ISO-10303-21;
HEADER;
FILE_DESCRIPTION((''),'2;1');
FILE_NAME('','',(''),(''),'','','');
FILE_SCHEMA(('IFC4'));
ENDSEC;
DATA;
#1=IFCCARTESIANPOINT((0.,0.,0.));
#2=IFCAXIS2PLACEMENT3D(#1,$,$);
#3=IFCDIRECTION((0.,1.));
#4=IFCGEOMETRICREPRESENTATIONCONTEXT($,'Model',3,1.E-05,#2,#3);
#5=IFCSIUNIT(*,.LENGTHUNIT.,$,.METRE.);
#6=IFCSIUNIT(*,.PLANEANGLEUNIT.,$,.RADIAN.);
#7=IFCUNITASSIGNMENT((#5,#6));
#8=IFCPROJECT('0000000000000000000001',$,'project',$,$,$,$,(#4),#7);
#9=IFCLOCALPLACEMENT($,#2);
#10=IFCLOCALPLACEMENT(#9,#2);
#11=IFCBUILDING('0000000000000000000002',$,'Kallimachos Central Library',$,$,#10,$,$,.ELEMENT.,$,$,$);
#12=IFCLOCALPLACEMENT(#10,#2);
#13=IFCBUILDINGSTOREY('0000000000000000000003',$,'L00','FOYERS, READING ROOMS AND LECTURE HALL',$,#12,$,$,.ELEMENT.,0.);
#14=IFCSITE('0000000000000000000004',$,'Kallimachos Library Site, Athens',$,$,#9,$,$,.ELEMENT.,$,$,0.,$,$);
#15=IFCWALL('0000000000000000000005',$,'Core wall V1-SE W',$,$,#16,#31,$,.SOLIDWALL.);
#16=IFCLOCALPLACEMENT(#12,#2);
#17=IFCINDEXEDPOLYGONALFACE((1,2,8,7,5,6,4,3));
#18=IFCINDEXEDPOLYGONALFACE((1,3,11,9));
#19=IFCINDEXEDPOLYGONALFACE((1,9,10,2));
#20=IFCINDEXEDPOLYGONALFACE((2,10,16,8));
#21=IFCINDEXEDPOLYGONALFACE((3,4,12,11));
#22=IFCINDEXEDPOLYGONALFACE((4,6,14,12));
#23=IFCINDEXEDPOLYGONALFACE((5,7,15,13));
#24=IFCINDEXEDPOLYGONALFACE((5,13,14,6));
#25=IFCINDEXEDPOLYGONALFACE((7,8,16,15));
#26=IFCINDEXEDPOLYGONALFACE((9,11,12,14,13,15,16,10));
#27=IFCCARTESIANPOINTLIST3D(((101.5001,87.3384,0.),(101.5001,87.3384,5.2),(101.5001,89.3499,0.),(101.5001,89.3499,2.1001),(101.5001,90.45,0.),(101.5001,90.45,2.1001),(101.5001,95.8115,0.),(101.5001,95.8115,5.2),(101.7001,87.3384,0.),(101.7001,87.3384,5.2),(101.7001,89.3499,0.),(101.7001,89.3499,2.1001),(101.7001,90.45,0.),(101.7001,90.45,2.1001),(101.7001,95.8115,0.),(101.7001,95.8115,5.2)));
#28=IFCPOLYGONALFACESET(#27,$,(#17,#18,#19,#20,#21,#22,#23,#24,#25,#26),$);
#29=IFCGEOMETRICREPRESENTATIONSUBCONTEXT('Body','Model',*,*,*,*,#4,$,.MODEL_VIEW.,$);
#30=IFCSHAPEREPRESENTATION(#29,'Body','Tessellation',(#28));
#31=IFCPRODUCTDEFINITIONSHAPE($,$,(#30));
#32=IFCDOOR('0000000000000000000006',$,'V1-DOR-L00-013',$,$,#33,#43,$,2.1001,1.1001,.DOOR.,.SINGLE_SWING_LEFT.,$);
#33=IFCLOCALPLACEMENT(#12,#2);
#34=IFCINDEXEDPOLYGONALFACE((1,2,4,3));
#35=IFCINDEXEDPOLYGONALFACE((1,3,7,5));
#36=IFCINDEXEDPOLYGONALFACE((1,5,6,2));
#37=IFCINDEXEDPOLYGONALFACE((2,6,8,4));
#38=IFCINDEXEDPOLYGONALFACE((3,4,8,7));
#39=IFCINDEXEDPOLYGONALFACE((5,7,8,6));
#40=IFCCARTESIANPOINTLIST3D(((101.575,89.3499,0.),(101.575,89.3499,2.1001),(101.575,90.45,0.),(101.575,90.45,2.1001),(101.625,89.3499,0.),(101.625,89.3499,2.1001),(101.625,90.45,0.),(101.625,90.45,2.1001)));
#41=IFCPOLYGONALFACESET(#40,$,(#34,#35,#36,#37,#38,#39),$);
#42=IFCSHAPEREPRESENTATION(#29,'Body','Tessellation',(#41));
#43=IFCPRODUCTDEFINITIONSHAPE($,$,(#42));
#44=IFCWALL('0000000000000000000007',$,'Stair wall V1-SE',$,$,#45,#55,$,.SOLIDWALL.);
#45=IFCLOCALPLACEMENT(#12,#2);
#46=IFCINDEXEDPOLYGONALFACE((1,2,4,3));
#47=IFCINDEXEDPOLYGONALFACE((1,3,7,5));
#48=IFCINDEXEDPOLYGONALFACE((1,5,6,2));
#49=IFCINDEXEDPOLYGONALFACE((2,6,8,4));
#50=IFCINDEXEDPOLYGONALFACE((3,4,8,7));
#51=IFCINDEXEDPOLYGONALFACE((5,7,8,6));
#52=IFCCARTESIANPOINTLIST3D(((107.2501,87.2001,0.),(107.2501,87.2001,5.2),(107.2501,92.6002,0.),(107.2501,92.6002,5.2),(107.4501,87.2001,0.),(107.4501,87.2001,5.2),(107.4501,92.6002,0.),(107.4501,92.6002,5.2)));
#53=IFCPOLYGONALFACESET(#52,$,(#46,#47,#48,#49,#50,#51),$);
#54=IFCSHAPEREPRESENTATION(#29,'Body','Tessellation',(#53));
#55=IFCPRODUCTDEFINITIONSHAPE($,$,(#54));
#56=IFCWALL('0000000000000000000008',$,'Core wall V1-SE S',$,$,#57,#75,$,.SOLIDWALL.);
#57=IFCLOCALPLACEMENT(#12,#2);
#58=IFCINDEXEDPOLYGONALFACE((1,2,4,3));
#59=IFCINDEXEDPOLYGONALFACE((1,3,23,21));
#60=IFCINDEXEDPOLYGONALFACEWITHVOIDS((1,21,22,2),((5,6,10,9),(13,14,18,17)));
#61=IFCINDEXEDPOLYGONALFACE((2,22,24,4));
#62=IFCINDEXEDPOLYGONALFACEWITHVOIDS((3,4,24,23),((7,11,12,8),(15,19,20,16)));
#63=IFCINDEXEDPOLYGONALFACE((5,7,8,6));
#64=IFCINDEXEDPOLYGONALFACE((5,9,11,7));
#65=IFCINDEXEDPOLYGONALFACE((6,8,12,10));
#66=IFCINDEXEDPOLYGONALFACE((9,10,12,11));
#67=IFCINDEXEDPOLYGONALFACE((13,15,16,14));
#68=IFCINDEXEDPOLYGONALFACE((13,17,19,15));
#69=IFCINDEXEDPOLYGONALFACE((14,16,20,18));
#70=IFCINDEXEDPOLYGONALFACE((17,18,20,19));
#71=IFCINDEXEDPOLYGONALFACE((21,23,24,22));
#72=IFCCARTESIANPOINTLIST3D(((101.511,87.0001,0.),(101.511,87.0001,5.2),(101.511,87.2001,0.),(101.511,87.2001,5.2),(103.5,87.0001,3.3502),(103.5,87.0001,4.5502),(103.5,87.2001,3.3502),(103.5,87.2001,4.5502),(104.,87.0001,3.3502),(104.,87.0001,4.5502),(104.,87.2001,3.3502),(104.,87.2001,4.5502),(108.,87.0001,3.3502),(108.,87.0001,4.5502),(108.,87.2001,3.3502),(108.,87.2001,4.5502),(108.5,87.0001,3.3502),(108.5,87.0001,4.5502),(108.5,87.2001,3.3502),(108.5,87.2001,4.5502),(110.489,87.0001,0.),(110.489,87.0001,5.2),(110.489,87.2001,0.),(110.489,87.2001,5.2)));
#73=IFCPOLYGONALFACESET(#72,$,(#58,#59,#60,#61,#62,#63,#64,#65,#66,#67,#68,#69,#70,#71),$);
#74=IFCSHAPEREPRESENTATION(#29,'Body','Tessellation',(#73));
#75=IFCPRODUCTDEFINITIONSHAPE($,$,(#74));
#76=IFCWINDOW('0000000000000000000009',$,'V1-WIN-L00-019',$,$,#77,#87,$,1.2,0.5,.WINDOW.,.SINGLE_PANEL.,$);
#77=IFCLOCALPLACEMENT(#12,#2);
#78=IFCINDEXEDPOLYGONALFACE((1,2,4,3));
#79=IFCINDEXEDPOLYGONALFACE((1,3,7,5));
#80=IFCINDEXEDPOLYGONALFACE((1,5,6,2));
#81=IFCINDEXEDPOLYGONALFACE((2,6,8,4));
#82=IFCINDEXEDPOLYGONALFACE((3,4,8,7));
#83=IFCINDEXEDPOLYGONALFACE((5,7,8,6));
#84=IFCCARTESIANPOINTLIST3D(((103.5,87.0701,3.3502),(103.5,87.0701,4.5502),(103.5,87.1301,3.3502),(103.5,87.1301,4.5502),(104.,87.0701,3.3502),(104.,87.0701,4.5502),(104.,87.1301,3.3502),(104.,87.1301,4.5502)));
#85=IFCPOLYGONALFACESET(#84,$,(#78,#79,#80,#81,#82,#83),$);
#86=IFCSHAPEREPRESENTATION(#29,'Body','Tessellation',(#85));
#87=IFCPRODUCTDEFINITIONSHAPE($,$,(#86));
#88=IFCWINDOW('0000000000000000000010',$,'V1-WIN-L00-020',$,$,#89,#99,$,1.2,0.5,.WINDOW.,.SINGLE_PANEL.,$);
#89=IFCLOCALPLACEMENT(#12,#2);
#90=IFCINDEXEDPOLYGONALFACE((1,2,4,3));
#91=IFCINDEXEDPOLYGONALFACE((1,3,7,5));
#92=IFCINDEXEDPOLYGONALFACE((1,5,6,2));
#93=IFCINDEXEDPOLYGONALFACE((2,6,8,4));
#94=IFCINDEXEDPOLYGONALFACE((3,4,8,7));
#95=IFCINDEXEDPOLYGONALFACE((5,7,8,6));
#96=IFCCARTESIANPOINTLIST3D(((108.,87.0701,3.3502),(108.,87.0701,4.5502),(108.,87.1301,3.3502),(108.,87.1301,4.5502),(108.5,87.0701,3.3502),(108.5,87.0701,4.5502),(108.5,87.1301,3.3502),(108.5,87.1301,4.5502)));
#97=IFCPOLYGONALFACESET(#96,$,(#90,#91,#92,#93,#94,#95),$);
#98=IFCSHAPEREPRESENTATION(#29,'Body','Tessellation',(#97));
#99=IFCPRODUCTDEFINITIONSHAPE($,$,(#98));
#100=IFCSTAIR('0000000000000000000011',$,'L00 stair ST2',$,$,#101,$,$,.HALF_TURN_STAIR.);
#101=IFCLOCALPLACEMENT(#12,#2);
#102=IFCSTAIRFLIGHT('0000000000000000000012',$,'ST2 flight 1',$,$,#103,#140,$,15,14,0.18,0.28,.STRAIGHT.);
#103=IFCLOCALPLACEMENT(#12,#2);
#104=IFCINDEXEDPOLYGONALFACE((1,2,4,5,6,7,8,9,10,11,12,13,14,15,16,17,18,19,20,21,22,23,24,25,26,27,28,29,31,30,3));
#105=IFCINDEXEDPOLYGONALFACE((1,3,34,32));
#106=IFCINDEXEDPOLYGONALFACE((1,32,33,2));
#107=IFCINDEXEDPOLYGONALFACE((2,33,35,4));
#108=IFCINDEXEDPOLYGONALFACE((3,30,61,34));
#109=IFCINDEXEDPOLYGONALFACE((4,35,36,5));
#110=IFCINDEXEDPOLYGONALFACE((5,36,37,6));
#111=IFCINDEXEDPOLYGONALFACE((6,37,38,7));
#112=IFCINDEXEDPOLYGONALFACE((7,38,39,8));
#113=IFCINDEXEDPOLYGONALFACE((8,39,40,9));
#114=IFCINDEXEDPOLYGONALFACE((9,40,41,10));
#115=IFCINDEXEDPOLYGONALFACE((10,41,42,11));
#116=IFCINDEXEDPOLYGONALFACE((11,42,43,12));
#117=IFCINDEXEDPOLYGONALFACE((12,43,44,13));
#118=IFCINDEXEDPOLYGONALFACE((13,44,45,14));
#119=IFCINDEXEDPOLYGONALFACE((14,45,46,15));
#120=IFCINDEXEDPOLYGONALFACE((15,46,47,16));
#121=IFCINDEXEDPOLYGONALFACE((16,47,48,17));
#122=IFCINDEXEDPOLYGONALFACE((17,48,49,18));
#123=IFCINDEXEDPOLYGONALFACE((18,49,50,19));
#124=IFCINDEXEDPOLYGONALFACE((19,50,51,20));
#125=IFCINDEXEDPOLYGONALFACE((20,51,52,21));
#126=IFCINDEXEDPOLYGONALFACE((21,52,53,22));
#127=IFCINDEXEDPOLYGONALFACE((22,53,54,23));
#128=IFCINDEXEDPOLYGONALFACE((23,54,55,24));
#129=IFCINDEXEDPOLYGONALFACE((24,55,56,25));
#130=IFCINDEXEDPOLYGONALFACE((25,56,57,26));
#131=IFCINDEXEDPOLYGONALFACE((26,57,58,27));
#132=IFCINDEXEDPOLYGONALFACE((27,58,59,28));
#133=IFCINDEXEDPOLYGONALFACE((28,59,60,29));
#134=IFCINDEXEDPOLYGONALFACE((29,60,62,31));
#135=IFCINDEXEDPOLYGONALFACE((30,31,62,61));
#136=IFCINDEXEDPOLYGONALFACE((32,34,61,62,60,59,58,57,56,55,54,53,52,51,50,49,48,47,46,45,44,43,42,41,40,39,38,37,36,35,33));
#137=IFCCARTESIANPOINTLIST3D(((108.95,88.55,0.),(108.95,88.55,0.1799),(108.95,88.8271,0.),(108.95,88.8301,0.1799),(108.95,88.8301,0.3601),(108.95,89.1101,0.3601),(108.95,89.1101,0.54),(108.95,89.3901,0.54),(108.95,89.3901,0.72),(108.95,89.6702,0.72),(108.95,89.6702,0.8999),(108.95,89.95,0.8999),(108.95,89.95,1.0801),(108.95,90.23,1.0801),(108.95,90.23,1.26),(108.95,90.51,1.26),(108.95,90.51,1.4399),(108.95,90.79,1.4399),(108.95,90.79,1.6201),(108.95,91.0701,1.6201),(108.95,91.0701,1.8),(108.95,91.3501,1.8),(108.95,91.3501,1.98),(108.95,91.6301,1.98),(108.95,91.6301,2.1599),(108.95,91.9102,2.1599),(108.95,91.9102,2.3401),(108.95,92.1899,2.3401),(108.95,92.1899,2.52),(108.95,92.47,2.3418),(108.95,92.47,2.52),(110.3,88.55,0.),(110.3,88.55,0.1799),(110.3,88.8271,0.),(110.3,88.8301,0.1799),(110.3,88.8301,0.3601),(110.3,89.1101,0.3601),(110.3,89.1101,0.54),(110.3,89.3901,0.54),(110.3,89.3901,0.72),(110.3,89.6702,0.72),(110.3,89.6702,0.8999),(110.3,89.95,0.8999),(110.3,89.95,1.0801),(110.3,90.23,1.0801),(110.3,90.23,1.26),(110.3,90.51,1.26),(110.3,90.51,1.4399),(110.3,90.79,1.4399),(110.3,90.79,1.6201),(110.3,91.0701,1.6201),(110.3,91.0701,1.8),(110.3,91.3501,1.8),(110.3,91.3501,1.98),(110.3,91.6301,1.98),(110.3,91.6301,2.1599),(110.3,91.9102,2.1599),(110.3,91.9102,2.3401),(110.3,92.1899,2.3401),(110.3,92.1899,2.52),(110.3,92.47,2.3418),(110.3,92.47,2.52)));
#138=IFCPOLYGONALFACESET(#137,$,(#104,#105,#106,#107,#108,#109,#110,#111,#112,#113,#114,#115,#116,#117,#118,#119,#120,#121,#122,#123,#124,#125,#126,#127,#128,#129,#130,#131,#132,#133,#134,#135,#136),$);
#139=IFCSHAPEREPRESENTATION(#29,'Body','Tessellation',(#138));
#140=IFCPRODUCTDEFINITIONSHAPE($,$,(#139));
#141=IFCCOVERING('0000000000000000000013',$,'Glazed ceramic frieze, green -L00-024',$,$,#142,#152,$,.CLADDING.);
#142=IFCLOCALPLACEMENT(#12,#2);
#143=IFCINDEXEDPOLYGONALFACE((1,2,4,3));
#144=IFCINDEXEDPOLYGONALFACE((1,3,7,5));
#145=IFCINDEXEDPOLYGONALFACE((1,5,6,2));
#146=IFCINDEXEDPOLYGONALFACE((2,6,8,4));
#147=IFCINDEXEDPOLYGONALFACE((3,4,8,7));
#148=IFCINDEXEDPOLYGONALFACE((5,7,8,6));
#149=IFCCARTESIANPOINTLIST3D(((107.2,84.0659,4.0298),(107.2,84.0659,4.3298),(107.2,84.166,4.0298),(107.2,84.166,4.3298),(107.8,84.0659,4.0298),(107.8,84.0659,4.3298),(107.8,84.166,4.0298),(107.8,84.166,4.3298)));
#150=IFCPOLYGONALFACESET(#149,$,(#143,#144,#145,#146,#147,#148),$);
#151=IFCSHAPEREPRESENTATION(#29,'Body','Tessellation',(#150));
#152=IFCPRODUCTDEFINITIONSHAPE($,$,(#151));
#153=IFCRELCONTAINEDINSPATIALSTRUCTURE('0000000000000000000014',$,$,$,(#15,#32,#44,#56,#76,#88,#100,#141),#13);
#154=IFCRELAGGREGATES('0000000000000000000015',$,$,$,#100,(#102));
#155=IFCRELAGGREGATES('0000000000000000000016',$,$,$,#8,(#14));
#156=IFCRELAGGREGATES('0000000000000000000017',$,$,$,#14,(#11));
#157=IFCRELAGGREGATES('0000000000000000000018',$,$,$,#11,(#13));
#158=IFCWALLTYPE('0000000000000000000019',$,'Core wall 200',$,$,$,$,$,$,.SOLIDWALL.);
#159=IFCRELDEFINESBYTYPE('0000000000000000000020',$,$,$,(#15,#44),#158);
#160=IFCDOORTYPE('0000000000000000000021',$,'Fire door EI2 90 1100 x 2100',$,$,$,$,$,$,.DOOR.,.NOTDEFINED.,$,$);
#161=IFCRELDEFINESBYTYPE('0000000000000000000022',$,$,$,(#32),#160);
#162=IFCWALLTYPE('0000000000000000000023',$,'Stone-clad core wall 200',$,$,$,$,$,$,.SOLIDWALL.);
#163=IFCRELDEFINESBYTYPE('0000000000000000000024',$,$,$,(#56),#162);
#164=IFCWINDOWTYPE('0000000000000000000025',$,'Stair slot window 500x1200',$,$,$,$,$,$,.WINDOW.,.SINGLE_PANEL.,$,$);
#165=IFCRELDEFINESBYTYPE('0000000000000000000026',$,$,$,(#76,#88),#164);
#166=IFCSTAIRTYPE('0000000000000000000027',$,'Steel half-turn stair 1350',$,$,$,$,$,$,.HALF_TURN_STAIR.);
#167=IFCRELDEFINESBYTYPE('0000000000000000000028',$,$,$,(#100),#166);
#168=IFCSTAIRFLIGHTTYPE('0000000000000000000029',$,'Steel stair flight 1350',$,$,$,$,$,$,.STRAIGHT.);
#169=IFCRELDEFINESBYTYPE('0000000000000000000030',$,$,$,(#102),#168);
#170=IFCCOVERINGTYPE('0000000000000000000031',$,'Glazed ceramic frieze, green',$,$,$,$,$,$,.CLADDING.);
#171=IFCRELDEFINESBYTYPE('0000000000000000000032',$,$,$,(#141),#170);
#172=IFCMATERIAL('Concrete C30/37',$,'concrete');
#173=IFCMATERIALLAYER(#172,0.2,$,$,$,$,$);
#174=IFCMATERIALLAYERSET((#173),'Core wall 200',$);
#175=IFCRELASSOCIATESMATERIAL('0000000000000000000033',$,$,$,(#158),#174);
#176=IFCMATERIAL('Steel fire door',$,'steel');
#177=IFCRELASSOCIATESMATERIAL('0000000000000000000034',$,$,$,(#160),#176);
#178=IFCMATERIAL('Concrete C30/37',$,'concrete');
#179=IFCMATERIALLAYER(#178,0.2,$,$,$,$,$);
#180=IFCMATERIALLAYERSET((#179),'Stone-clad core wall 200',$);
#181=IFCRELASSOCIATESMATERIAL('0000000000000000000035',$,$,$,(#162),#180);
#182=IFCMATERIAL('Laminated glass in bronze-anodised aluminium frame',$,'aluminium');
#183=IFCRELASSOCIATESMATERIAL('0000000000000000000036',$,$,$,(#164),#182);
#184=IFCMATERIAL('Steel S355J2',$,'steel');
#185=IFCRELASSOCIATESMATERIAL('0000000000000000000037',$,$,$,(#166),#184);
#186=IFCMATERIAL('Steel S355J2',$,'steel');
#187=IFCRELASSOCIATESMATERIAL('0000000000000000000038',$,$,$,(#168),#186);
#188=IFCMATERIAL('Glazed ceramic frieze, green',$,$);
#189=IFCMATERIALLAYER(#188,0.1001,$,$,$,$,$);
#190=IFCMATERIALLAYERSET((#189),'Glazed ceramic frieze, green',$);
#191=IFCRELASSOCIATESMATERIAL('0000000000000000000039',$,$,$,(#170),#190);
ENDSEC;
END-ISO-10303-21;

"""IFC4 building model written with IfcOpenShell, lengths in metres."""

from ifc_helpers import new_model, si_unit, direction, frame, frame_2d, origin, origin_2d, place, context, subcontext, project, spatial, polyline, rectangle, outline, extrude, material, layer, layer_set, type_object, element, fill, aggregate, save


model = new_model("IFC4")

# Units and contexts
model_context = context("Model", 3, precision=1e-05, world=origin(), true_north=direction((0.0, 1.0)))
body_context = subcontext(model_context, "Body", "Model", "MODEL_VIEW")
ifc_project = project(units=[si_unit("LENGTHUNIT", "METRE"), si_unit("PLANEANGLEUNIT", "RADIAN")], contexts=[model_context])

# Site, building, storey
site_placement = place(None, origin())
site = spatial("IfcSite", under=ifc_project, at=site_placement, Name="Kallimachos Library Site, Athens", CompositionType="ELEMENT", RefElevation=0.0)
building_placement = place(site_placement, origin())
building = spatial("IfcBuilding", under=site, at=building_placement, Name="Kallimachos Central Library", CompositionType="ELEMENT")
storey_placement = place(building_placement, origin())
storey = spatial("IfcBuildingStorey", under=building, at=storey_placement, Name="L00", Description="FOYERS, READING ROOMS AND LECTURE HALL", CompositionType="ELEMENT", Elevation=0.0)

# Wall, opening, door
ifc_material_1 = material(Name="Concrete C30/37", Category="concrete")
ifc_layer_1 = layer(ifc_material_1, 0.2)
ifc_layer_set_1 = layer_set([ifc_layer_1], Name="Core wall 200")
wall_type_1 = type_object("IfcWallType", Name="Core wall 200", PredefinedType="SOLIDWALL", material=ifc_layer_set_1)
wall_1_placement = place(storey_placement, frame((101.6001, 87.3384, 0.0), z_axis=(0.0, 0.0, 1.0), x_axis=(0.0, 1.0, 0.0)))
wall_1 = element("IfcWall", 1, at=wall_1_placement, inside=storey, type_object=wall_type_1, Name="Core wall V1-SE W", PredefinedType="SOLIDWALL", context=body_context, shape_type="SweptSolid", body=[
    extrude(rectangle(XDim=8.4731, YDim=0.2, at=frame_2d((4.2366, 0.0))), origin(), (0.0, 0.0, 1.0), 5.2),
])
opening_1_placement = place(wall_1_placement, frame((2.0115, 0.0, 0.0)))
opening_1 = element("IfcOpeningElement", 2, at=opening_1_placement, cuts=wall_1, PredefinedType="OPENING", context=body_context, shape_type="SweptSolid", body=[
    extrude(rectangle(XDim=1.1001, YDim=2.1001, at=frame_2d((0.55, 1.05))), frame((0.0, 0.1099, 0.0), z_axis=(0.0, -1.0, 0.0), x_axis=(1.0, 0.0, 0.0)), (0.0, 0.0, 1.0), 0.22),
])
ifc_material_2 = material(Name="Steel fire door", Category="steel")
door_type = type_object("IfcDoorType", Name="Fire door EI2 90 1100 x 2100", OperationType="NOTDEFINED", PredefinedType="DOOR", material=ifc_material_2)
door_placement = place(opening_1_placement, frame((1.1001, 0.0, 0.0), z_axis=(0.0, 0.0, 1.0), x_axis=(-1.0, 0.0, 0.0)))
door = element("IfcDoor", 3, at=door_placement, inside=storey, type_object=door_type, Name="V1-DOR-L00-013", OperationType="SINGLE_SWING_LEFT", OverallHeight=2.1001, OverallWidth=1.1001, PredefinedType="DOOR", context=body_context, shape_type="SweptSolid", body=[
    extrude(rectangle(XDim=1.1001, YDim=2.1001, at=frame_2d((0.55, 1.05))), frame((0.0, 0.0249, 0.0), z_axis=(0.0, -1.0, 0.0), x_axis=(1.0, 0.0, 0.0)), (0.0, 0.0, 1.0), 0.05),
])
fill(opening_1, door)

# Wall
wall_2_placement = place(storey_placement, frame((107.3501, 87.2, 0.0), z_axis=(0.0, 0.0, 1.0), x_axis=(0.0, 1.0, 0.0)))
element("IfcWall", 4, at=wall_2_placement, inside=storey, type_object=wall_type_1, Name="Stair wall V1-SE", PredefinedType="SOLIDWALL", context=body_context, shape_type="SweptSolid", body=[
    extrude(rectangle(XDim=5.4001, YDim=0.2, at=frame_2d((2.7002, 0.0))), origin(), (0.0, 0.0, 1.0), 5.2),
])

# Wall, openings, windows
ifc_material_3 = material(Name="Concrete C30/37", Category="concrete")
ifc_layer_2 = layer(ifc_material_3, 0.2)
ifc_layer_set_2 = layer_set([ifc_layer_2], Name="Stone-clad core wall 200")
wall_type_2 = type_object("IfcWallType", Name="Stone-clad core wall 200", PredefinedType="SOLIDWALL", material=ifc_layer_set_2)
wall_3_placement = place(storey_placement, frame((101.511, 87.1001, 0.0), z_axis=(0.0, 0.0, 1.0), x_axis=(1.0, 0.0, 0.0)))
wall_3 = element("IfcWall", 5, at=wall_3_placement, inside=storey, type_object=wall_type_2, Name="Core wall V1-SE S", PredefinedType="SOLIDWALL", context=body_context, shape_type="SweptSolid", body=[
    extrude(rectangle(XDim=8.978, YDim=0.2, at=frame_2d((4.489, 0.0))), origin(), (0.0, 0.0, 1.0), 5.2),
])
opening_2_placement = place(wall_3_placement, frame((1.989, 0.0, 3.3501)))
opening_2 = element("IfcOpeningElement", 6, at=opening_2_placement, cuts=wall_3, PredefinedType="OPENING", context=body_context, shape_type="SweptSolid", body=[
    extrude(rectangle(XDim=0.5, YDim=1.2, at=frame_2d((0.25, 0.6001))), frame((0.0, 0.1099, 0.0), z_axis=(0.0, -1.0, 0.0), x_axis=(1.0, 0.0, 0.0)), (0.0, 0.0, 1.0), 0.22),
])
opening_3_placement = place(wall_3_placement, frame((6.489, 0.0, 3.3501)))
opening_3 = element("IfcOpeningElement", 7, at=opening_3_placement, cuts=wall_3, PredefinedType="OPENING", context=body_context, shape_type="SweptSolid", body=[
    extrude(rectangle(XDim=0.5, YDim=1.2, at=frame_2d((0.25, 0.6001))), frame((0.0, 0.1099, 0.0), z_axis=(0.0, -1.0, 0.0), x_axis=(1.0, 0.0, 0.0)), (0.0, 0.0, 1.0), 0.22),
])
ifc_material_4 = material(Name="Laminated glass in bronze-anodised aluminium frame", Category="aluminium")
window_type = type_object("IfcWindowType", Name="Stair slot window 500x1200", PartitioningType="SINGLE_PANEL", PredefinedType="WINDOW", material=ifc_material_4)
window_1_placement = place(opening_2_placement, origin())
window_1 = element("IfcWindow", 8, at=window_1_placement, inside=storey, type_object=window_type, Name="V1-WIN-L00-019", OverallHeight=1.2, OverallWidth=0.5, PartitioningType="SINGLE_PANEL", PredefinedType="WINDOW", context=body_context, shape_type="SweptSolid", body=[
    extrude(rectangle(XDim=0.5, YDim=1.2, at=frame_2d((0.25, 0.6001))), frame((0.0, 0.03, 0.0), z_axis=(0.0, -1.0, 0.0), x_axis=(1.0, 0.0, 0.0)), (0.0, 0.0, 1.0), 0.0601),
])
fill(opening_2, window_1)
window_2_placement = place(opening_3_placement, origin())
window_2 = element("IfcWindow", 9, at=window_2_placement, inside=storey, type_object=window_type, Name="V1-WIN-L00-020", OverallHeight=1.2, OverallWidth=0.5, PartitioningType="SINGLE_PANEL", PredefinedType="WINDOW", context=body_context, shape_type="SweptSolid", body=[
    extrude(rectangle(XDim=0.5, YDim=1.2, at=frame_2d((0.25, 0.6001))), frame((0.0, 0.03, 0.0), z_axis=(0.0, -1.0, 0.0), x_axis=(1.0, 0.0, 0.0)), (0.0, 0.0, 1.0), 0.0601),
])
fill(opening_3, window_2)

# Stair, stair flight
ifc_material_5 = material(Name="Steel S355J2", Category="steel")
stair_type = type_object("IfcStairType", Name="Steel half-turn stair 1350", PredefinedType="HALF_TURN_STAIR", material=ifc_material_5)
stair_placement = place(storey_placement, origin())
stair = element("IfcStair", 10, at=stair_placement, inside=storey, type_object=stair_type, Name="L00 stair ST2", PredefinedType="HALF_TURN_STAIR")
ifc_material_6 = material(Name="Steel S355J2", Category="steel")
stair_flight_type = type_object("IfcStairFlightType", Name="Steel stair flight 1350", PredefinedType="STRAIGHT", material=ifc_material_6)
stair_flight_placement = place(storey_placement, frame((109.625, 88.55, 0.0), z_axis=(0.0, 0.0, 1.0), x_axis=(0.0, 1.0, 0.0)))
stair_flight = element("IfcStairFlight", 11, at=stair_flight_placement, type_object=stair_flight_type, Name="ST2 flight 1", NumberOfRisers=15, NumberOfTreads=14, PredefinedType="STRAIGHT", RiserHeight=0.18, TreadLength=0.28, context=body_context, shape_type="SweptSolid", body=[
    extrude(outline(polyline([(0.0, 0.0), (0.0, 0.1799), (0.28, 0.1799), (0.28, 0.3601), (0.5601, 0.3601), (0.5601, 0.54), (0.8401, 0.54), (0.8401, 0.72), (1.1201, 0.72), (1.1201, 0.8999), (1.3999, 0.8999), (1.3999, 1.0801), (1.6799, 1.0801), (1.6799, 1.26), (1.96, 1.26), (1.96, 1.4399), (2.24, 1.4399), (2.24, 1.6201), (2.52, 1.6201), (2.52, 1.8), (2.8, 1.8), (2.8, 1.98), (3.0801, 1.98), (3.0801, 2.1599), (3.3601, 2.1599), (3.3601, 2.3401), (3.6399, 2.3401), (3.6399, 2.52), (3.9199, 2.52), (3.9199, 2.7), (3.9199, 2.3418), (0.2771, 0.0), (0.0, 0.0)])), frame((0.0, 0.675, 0.0), z_axis=(0.0, -1.0, 0.0), x_axis=(1.0, 0.0, 0.0)), (0.0, 0.0, 1.0), 1.3501),
])
aggregate(stair, [stair_flight])

# Covering
ifc_material_7 = material(Name="Glazed ceramic frieze, green")
ifc_layer_3 = layer(ifc_material_7, 0.1001)
ifc_layer_set_3 = layer_set([ifc_layer_3], Name="Glazed ceramic frieze, green")
covering_type_1 = type_object("IfcCoveringType", Name="Glazed ceramic frieze, green", PredefinedType="CLADDING", material=ifc_layer_set_3)
covering_1_placement = place(storey_placement, frame((107.5, 84.116, 4.0298), z_axis=(0.0, 0.0, 1.0), x_axis=(1.0, 0.0, 0.0)))
element("IfcCovering", 12, at=covering_1_placement, inside=storey, type_object=covering_type_1, Name="Glazed ceramic frieze, green -L00-024", PredefinedType="CLADDING", context=body_context, shape_type="SweptSolid", body=[
    extrude(rectangle(XDim=0.6001, YDim=0.1001, at=origin_2d()), origin(), (0.0, 0.0, 1.0), 0.3),
])

save(model, "model.ifc")
